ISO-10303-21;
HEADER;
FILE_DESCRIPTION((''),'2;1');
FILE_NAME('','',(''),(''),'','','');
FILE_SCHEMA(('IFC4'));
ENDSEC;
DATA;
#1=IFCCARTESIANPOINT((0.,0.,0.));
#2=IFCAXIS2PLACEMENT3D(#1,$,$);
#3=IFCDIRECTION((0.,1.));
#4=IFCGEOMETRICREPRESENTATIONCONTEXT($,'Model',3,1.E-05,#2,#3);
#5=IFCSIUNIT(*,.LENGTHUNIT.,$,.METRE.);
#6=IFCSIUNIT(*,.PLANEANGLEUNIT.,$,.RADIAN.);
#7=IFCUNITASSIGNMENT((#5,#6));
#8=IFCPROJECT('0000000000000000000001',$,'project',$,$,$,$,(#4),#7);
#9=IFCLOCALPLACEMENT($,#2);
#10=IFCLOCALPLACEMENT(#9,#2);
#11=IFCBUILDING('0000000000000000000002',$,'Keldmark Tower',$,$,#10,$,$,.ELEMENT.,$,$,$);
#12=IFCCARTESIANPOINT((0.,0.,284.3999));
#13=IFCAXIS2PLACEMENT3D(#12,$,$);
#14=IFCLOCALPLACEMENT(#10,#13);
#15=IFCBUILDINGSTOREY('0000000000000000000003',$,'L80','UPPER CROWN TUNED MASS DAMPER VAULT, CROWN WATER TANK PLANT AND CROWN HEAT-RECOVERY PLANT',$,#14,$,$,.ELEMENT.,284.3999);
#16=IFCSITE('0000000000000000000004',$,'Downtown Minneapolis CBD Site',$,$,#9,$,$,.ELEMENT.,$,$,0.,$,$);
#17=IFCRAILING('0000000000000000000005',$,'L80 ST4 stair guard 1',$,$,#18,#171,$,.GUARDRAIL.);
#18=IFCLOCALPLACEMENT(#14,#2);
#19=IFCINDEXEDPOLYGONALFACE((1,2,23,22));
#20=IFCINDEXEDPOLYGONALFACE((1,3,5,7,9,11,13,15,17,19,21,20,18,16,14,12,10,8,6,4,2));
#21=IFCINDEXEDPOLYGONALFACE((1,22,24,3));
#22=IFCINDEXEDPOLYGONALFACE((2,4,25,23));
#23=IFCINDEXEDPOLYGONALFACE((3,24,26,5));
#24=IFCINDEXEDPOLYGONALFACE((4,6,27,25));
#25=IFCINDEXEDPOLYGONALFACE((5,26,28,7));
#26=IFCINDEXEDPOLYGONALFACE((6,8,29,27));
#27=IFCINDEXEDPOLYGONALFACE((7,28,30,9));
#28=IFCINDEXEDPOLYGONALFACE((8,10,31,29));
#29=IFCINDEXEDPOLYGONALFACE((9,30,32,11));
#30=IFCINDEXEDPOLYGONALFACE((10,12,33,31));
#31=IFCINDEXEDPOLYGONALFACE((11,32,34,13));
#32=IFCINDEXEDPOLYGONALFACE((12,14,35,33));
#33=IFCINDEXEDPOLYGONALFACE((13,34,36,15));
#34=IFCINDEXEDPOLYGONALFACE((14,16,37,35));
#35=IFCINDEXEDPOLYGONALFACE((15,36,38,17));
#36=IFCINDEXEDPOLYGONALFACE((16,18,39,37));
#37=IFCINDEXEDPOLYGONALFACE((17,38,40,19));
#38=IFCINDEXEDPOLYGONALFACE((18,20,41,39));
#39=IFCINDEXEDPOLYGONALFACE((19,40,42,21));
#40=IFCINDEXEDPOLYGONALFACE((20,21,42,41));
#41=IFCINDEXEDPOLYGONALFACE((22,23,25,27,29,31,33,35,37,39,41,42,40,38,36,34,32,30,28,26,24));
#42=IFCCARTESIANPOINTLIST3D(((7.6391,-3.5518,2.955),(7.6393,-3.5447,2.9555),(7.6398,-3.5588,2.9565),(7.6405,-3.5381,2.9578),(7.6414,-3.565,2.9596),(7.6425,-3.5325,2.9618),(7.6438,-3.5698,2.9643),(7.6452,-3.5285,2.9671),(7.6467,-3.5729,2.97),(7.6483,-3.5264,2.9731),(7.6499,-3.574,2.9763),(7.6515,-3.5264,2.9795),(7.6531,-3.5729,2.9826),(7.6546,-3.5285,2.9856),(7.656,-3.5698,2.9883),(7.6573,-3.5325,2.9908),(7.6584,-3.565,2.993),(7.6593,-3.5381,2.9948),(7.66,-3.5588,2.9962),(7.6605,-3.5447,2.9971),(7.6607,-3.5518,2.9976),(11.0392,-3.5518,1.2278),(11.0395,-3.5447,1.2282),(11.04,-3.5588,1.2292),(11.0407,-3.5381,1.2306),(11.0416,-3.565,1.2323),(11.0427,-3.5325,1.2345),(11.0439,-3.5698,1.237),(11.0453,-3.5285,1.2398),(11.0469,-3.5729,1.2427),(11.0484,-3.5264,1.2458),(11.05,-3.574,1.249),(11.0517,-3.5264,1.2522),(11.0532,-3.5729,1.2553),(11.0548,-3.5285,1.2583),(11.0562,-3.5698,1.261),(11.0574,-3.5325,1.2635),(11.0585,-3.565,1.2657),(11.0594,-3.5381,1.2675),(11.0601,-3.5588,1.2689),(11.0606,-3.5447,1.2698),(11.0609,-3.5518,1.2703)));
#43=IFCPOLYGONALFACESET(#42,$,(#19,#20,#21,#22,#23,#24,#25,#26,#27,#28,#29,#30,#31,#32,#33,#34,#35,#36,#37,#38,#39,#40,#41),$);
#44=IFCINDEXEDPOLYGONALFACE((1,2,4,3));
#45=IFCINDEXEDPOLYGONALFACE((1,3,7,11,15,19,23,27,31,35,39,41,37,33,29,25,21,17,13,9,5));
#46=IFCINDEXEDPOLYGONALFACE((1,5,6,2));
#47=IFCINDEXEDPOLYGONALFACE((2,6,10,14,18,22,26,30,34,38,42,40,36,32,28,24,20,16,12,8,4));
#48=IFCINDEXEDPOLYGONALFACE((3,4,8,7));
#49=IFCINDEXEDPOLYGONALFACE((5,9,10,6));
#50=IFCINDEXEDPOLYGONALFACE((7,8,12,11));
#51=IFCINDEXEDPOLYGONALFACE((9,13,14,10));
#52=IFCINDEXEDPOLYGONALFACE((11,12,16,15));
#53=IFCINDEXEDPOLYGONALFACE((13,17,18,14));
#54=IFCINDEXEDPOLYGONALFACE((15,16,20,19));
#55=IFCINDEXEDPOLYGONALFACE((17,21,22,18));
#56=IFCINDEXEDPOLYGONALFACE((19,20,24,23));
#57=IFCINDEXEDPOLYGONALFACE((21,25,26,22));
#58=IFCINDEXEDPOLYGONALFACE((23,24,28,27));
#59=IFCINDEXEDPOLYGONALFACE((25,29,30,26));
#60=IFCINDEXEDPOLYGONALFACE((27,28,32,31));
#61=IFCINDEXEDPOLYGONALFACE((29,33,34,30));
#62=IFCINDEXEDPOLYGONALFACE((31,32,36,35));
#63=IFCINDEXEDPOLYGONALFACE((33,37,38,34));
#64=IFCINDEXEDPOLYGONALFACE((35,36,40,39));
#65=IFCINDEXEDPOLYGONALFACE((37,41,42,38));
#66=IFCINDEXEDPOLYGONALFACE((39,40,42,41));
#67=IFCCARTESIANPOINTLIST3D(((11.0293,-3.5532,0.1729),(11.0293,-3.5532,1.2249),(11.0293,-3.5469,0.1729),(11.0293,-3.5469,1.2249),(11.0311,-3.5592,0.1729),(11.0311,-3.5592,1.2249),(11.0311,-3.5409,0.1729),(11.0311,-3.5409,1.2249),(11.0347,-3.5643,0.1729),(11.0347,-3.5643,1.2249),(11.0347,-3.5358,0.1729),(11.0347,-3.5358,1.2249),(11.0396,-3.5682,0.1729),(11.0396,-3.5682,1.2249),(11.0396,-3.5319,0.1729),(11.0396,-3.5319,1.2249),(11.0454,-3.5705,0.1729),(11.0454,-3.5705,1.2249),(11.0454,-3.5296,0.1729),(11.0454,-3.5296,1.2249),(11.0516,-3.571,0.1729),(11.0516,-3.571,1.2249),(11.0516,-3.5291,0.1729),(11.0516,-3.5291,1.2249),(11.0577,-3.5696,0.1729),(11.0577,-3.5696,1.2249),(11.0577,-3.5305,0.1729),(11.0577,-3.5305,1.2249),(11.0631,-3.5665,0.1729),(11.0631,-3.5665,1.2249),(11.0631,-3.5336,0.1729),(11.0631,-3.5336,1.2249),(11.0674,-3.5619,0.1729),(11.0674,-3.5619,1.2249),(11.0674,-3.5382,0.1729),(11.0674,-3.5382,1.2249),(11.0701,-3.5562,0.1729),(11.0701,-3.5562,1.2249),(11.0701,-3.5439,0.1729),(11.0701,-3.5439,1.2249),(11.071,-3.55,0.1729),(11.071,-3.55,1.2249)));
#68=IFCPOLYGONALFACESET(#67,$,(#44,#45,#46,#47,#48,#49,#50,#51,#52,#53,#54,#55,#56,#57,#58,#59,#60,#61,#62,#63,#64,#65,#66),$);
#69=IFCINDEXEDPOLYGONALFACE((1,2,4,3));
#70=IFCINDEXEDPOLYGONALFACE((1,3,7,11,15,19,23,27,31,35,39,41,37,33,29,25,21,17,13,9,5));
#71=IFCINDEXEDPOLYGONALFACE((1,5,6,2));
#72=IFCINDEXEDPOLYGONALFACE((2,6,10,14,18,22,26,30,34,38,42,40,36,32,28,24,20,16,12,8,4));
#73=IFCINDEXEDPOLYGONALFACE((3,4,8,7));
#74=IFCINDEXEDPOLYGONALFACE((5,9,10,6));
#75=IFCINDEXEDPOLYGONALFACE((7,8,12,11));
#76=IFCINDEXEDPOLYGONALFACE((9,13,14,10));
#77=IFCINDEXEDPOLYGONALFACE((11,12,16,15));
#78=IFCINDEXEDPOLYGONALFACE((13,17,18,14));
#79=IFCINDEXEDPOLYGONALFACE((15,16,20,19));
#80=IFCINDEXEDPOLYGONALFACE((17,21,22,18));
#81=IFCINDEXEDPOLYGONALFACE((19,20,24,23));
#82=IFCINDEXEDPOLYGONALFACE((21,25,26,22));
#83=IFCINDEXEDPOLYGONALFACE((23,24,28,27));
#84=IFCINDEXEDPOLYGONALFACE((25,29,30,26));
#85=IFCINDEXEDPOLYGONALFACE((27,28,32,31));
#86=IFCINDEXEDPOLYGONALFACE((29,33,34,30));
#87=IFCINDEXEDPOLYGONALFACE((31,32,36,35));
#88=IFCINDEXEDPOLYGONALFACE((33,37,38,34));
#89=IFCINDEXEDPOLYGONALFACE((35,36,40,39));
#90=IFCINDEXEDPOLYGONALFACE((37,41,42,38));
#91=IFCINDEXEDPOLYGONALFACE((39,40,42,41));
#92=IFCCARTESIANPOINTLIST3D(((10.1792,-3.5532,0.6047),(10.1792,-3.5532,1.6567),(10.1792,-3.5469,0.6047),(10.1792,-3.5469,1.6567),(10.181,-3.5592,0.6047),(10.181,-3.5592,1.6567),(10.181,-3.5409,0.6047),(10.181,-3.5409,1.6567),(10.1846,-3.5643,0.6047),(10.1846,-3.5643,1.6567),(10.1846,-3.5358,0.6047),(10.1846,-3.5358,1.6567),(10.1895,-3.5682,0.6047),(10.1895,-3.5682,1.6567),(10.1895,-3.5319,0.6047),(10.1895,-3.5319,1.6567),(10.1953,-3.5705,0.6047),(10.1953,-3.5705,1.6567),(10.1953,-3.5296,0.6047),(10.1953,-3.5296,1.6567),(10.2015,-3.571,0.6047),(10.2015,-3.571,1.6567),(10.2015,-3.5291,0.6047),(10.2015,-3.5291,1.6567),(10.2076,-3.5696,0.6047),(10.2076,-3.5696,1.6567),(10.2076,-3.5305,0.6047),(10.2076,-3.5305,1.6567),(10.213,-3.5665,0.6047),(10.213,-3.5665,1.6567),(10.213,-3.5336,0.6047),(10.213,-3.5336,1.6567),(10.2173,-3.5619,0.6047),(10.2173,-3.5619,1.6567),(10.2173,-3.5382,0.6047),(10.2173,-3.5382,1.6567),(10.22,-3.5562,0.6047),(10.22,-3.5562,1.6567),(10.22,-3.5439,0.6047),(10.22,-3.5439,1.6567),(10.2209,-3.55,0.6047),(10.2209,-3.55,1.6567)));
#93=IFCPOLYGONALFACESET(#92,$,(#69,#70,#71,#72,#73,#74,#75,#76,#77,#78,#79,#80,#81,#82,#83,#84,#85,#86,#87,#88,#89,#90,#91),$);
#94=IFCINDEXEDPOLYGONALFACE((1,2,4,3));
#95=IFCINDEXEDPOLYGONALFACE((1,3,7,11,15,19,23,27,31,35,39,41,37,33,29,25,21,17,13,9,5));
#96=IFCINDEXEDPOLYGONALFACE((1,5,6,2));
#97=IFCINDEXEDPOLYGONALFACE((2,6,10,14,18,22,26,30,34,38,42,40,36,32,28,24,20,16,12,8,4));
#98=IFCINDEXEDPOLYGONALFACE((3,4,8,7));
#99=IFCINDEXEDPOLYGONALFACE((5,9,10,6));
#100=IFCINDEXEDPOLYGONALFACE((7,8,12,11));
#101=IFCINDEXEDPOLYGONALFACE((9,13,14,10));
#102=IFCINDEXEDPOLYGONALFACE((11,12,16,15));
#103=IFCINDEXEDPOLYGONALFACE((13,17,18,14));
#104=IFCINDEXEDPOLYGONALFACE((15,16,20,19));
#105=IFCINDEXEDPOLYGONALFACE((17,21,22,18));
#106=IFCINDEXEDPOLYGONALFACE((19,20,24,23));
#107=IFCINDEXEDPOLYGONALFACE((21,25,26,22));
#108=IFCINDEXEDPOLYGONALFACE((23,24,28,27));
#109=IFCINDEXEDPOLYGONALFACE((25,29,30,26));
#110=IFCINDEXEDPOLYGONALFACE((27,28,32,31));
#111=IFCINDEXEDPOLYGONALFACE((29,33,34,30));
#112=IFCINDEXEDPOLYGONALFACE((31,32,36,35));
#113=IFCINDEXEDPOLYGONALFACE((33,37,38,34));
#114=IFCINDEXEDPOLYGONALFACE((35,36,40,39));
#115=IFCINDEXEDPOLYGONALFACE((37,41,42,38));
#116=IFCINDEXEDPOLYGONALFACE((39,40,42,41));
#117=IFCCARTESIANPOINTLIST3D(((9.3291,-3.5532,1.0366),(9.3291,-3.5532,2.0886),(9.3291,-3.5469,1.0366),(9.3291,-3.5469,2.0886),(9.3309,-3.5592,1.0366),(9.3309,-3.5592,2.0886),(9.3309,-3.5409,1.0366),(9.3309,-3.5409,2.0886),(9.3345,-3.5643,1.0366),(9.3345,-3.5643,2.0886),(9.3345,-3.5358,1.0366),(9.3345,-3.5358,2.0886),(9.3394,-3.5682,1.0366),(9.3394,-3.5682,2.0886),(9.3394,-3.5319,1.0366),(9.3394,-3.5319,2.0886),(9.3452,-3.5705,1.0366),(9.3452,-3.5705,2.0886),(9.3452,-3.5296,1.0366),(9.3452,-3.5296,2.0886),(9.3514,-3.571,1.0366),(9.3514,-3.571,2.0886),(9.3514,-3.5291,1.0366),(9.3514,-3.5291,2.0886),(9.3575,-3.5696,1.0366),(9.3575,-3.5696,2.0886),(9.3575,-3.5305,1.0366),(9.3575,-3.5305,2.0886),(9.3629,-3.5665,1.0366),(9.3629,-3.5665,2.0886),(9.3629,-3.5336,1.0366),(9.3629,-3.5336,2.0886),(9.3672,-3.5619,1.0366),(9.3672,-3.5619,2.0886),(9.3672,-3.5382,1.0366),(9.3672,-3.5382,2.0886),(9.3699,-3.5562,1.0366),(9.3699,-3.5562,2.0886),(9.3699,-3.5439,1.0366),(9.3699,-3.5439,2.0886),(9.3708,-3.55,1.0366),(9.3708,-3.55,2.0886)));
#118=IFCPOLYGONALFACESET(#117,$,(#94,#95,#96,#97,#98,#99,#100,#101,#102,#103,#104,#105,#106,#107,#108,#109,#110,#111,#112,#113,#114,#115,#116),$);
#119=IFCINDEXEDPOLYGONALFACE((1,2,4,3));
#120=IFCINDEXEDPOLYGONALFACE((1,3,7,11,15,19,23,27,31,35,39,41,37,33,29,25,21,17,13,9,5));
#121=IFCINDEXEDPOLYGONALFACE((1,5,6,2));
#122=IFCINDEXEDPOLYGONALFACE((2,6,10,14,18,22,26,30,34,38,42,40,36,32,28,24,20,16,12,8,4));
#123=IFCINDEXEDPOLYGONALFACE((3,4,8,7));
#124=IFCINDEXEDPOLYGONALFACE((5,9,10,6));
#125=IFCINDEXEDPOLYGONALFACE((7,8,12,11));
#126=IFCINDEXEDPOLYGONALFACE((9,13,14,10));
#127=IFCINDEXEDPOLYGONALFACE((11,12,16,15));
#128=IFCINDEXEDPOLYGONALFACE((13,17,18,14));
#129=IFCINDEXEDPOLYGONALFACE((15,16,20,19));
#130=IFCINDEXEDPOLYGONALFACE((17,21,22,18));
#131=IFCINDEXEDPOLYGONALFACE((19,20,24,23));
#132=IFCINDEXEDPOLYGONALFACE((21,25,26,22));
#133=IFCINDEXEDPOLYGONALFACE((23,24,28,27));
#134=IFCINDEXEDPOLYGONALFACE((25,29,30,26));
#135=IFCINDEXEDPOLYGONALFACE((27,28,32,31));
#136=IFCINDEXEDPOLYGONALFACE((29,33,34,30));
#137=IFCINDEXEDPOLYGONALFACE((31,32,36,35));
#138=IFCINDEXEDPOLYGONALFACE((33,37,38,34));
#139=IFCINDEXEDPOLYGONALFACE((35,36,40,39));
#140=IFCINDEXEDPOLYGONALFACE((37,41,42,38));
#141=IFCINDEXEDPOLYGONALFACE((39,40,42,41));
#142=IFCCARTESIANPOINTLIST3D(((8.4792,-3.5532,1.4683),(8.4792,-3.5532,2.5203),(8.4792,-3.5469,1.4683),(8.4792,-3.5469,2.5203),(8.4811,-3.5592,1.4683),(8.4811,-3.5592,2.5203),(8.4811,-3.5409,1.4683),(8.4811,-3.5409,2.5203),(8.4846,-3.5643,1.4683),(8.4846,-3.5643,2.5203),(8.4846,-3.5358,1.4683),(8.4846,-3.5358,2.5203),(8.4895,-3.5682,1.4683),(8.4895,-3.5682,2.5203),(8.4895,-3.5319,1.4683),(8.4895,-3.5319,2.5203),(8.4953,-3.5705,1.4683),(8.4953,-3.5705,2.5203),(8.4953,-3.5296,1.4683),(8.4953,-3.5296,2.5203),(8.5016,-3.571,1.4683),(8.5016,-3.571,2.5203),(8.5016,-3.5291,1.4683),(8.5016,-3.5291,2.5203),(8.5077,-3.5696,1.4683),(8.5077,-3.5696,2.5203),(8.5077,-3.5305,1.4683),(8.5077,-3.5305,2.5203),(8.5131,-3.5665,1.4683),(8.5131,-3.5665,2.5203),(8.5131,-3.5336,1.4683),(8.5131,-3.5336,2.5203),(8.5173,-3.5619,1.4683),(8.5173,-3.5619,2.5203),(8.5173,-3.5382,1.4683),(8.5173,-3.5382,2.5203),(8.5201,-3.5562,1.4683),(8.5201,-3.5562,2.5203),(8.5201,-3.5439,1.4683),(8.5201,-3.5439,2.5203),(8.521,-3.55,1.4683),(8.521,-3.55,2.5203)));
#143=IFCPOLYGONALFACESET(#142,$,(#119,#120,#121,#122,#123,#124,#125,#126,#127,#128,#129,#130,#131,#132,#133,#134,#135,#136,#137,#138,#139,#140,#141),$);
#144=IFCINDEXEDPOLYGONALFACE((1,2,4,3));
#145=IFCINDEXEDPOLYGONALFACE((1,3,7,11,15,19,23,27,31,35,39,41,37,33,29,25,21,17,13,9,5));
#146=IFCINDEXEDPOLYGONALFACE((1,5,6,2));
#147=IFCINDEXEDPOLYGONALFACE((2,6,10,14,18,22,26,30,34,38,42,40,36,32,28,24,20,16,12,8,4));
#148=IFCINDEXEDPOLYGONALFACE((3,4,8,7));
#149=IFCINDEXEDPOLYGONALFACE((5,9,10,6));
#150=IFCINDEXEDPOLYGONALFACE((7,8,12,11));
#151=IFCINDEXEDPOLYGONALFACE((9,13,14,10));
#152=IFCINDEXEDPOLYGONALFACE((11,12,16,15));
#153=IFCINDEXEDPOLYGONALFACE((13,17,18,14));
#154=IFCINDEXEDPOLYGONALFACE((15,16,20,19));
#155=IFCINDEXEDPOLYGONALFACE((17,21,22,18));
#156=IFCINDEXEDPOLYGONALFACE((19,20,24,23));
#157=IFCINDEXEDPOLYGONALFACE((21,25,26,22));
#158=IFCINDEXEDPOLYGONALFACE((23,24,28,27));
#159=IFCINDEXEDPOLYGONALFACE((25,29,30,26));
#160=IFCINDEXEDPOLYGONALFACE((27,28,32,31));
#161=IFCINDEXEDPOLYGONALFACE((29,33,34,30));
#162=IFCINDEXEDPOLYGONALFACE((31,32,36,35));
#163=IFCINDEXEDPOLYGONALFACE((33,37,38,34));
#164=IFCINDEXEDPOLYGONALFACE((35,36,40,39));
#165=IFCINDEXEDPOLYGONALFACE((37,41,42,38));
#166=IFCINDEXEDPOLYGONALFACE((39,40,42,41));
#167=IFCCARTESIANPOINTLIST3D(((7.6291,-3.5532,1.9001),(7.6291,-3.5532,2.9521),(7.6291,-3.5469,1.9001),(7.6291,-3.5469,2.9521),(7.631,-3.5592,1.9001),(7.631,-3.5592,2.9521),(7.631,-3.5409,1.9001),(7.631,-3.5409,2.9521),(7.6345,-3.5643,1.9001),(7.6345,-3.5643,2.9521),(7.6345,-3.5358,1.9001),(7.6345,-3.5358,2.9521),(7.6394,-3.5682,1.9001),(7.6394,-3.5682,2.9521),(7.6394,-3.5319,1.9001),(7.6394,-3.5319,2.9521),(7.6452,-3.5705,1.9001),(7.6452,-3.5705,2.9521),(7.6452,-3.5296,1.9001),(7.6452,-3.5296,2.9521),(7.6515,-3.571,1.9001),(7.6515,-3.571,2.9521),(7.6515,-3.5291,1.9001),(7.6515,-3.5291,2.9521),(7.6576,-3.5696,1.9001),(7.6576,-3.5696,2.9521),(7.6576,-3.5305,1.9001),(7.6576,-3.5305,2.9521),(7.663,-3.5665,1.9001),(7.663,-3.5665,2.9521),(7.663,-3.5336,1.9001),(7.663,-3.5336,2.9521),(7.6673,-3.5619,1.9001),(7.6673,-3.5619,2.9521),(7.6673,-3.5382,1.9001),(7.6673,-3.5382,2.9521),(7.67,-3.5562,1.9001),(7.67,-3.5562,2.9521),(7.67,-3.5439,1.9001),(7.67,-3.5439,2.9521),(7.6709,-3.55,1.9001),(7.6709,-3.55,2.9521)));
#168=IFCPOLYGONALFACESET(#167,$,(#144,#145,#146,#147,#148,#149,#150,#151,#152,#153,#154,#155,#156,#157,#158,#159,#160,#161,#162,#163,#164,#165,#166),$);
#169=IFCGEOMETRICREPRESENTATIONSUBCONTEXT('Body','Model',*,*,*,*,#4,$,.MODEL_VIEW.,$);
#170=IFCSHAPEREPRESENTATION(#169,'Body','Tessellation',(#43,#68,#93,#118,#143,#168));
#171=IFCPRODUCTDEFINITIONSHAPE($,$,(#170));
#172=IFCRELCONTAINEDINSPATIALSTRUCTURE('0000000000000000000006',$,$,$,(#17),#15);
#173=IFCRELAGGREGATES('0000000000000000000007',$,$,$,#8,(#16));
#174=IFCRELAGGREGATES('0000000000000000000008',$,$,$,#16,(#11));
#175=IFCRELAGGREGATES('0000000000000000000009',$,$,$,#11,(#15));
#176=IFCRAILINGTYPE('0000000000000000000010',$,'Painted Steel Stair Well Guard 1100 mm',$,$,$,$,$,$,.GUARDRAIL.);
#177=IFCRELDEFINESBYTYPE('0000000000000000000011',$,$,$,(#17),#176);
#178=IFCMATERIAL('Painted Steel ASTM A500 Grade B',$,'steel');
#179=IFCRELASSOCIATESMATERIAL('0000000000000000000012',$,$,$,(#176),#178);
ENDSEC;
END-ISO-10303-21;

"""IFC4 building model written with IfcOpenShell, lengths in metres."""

from ifc_helpers import new_model, si_unit, direction, frame, origin, origin_2d, place, context, subcontext, project, spatial, circle, extrude, material, type_object, element, save


model = new_model("IFC4")

# Units and contexts
model_context = context("Model", 3, precision=1e-05, world=origin(), true_north=direction((0.0, 1.0)))
body_context = subcontext(model_context, "Body", "Model", "MODEL_VIEW")
ifc_project = project(units=[si_unit("LENGTHUNIT", "METRE"), si_unit("PLANEANGLEUNIT", "RADIAN")], contexts=[model_context])

# Site, building, storey
site_placement = place(None, origin())
site = spatial("IfcSite", under=ifc_project, at=site_placement, Name="Downtown Minneapolis CBD Site", CompositionType="ELEMENT", RefElevation=0.0)
building_placement = place(site_placement, origin())
building = spatial("IfcBuilding", under=site, at=building_placement, Name="Keldmark Tower", CompositionType="ELEMENT")
storey_placement = place(building_placement, frame((0.0, 0.0, 284.3999)))
storey = spatial("IfcBuildingStorey", under=building, at=storey_placement, Name="L80", Description="UPPER CROWN TUNED MASS DAMPER VAULT, CROWN WATER TANK PLANT AND CROWN HEAT-RECOVERY PLANT", CompositionType="ELEMENT", Elevation=284.3999)

# Railing
ifc_material_1 = material(Name="Painted Steel ASTM A500 Grade B", Category="steel")
railing_type_1 = type_object("IfcRailingType", Name="Painted Steel Stair Well Guard 1100 mm", PredefinedType="GUARDRAIL", material=ifc_material_1)
railing_1_placement = place(storey_placement, frame((11.05, -3.55, 0.1729)))
element("IfcRailing", 1, at=railing_1_placement, inside=storey, type_object=railing_type_1, Name="L80 ST4 stair guard 1", PredefinedType="GUARDRAIL", context=body_context, shape_type="SweptSolid", body=[
    extrude(circle(Radius=0.0239, at=origin_2d()), frame((0.0, 0.0, 1.0762), z_axis=(-0.891554, 0.0, 0.452915), x_axis=(0.0, -1.0, 0.0)), (0.0, 0.0, 1.0), 3.8137),
    extrude(circle(Radius=0.021, at=origin_2d()), origin(), (0.0, 0.0, 1.0), 1.052),
    extrude(circle(Radius=0.021, at=origin_2d()), frame((-0.8501, 0.0, 0.4319)), (0.0, 0.0, 1.0), 1.052),
    extrude(circle(Radius=0.021, at=origin_2d()), frame((-1.7002, 0.0, 0.8638)), (0.0, 0.0, 1.0), 1.052),
    extrude(circle(Radius=0.021, at=origin_2d()), frame((-2.55, 0.0, 1.2954)), (0.0, 0.0, 1.0), 1.052),
    extrude(circle(Radius=0.021, at=origin_2d()), frame((-3.4001, 0.0, 1.7273)), (0.0, 0.0, 1.0), 1.052),
])

save(model, "model.ifc")
